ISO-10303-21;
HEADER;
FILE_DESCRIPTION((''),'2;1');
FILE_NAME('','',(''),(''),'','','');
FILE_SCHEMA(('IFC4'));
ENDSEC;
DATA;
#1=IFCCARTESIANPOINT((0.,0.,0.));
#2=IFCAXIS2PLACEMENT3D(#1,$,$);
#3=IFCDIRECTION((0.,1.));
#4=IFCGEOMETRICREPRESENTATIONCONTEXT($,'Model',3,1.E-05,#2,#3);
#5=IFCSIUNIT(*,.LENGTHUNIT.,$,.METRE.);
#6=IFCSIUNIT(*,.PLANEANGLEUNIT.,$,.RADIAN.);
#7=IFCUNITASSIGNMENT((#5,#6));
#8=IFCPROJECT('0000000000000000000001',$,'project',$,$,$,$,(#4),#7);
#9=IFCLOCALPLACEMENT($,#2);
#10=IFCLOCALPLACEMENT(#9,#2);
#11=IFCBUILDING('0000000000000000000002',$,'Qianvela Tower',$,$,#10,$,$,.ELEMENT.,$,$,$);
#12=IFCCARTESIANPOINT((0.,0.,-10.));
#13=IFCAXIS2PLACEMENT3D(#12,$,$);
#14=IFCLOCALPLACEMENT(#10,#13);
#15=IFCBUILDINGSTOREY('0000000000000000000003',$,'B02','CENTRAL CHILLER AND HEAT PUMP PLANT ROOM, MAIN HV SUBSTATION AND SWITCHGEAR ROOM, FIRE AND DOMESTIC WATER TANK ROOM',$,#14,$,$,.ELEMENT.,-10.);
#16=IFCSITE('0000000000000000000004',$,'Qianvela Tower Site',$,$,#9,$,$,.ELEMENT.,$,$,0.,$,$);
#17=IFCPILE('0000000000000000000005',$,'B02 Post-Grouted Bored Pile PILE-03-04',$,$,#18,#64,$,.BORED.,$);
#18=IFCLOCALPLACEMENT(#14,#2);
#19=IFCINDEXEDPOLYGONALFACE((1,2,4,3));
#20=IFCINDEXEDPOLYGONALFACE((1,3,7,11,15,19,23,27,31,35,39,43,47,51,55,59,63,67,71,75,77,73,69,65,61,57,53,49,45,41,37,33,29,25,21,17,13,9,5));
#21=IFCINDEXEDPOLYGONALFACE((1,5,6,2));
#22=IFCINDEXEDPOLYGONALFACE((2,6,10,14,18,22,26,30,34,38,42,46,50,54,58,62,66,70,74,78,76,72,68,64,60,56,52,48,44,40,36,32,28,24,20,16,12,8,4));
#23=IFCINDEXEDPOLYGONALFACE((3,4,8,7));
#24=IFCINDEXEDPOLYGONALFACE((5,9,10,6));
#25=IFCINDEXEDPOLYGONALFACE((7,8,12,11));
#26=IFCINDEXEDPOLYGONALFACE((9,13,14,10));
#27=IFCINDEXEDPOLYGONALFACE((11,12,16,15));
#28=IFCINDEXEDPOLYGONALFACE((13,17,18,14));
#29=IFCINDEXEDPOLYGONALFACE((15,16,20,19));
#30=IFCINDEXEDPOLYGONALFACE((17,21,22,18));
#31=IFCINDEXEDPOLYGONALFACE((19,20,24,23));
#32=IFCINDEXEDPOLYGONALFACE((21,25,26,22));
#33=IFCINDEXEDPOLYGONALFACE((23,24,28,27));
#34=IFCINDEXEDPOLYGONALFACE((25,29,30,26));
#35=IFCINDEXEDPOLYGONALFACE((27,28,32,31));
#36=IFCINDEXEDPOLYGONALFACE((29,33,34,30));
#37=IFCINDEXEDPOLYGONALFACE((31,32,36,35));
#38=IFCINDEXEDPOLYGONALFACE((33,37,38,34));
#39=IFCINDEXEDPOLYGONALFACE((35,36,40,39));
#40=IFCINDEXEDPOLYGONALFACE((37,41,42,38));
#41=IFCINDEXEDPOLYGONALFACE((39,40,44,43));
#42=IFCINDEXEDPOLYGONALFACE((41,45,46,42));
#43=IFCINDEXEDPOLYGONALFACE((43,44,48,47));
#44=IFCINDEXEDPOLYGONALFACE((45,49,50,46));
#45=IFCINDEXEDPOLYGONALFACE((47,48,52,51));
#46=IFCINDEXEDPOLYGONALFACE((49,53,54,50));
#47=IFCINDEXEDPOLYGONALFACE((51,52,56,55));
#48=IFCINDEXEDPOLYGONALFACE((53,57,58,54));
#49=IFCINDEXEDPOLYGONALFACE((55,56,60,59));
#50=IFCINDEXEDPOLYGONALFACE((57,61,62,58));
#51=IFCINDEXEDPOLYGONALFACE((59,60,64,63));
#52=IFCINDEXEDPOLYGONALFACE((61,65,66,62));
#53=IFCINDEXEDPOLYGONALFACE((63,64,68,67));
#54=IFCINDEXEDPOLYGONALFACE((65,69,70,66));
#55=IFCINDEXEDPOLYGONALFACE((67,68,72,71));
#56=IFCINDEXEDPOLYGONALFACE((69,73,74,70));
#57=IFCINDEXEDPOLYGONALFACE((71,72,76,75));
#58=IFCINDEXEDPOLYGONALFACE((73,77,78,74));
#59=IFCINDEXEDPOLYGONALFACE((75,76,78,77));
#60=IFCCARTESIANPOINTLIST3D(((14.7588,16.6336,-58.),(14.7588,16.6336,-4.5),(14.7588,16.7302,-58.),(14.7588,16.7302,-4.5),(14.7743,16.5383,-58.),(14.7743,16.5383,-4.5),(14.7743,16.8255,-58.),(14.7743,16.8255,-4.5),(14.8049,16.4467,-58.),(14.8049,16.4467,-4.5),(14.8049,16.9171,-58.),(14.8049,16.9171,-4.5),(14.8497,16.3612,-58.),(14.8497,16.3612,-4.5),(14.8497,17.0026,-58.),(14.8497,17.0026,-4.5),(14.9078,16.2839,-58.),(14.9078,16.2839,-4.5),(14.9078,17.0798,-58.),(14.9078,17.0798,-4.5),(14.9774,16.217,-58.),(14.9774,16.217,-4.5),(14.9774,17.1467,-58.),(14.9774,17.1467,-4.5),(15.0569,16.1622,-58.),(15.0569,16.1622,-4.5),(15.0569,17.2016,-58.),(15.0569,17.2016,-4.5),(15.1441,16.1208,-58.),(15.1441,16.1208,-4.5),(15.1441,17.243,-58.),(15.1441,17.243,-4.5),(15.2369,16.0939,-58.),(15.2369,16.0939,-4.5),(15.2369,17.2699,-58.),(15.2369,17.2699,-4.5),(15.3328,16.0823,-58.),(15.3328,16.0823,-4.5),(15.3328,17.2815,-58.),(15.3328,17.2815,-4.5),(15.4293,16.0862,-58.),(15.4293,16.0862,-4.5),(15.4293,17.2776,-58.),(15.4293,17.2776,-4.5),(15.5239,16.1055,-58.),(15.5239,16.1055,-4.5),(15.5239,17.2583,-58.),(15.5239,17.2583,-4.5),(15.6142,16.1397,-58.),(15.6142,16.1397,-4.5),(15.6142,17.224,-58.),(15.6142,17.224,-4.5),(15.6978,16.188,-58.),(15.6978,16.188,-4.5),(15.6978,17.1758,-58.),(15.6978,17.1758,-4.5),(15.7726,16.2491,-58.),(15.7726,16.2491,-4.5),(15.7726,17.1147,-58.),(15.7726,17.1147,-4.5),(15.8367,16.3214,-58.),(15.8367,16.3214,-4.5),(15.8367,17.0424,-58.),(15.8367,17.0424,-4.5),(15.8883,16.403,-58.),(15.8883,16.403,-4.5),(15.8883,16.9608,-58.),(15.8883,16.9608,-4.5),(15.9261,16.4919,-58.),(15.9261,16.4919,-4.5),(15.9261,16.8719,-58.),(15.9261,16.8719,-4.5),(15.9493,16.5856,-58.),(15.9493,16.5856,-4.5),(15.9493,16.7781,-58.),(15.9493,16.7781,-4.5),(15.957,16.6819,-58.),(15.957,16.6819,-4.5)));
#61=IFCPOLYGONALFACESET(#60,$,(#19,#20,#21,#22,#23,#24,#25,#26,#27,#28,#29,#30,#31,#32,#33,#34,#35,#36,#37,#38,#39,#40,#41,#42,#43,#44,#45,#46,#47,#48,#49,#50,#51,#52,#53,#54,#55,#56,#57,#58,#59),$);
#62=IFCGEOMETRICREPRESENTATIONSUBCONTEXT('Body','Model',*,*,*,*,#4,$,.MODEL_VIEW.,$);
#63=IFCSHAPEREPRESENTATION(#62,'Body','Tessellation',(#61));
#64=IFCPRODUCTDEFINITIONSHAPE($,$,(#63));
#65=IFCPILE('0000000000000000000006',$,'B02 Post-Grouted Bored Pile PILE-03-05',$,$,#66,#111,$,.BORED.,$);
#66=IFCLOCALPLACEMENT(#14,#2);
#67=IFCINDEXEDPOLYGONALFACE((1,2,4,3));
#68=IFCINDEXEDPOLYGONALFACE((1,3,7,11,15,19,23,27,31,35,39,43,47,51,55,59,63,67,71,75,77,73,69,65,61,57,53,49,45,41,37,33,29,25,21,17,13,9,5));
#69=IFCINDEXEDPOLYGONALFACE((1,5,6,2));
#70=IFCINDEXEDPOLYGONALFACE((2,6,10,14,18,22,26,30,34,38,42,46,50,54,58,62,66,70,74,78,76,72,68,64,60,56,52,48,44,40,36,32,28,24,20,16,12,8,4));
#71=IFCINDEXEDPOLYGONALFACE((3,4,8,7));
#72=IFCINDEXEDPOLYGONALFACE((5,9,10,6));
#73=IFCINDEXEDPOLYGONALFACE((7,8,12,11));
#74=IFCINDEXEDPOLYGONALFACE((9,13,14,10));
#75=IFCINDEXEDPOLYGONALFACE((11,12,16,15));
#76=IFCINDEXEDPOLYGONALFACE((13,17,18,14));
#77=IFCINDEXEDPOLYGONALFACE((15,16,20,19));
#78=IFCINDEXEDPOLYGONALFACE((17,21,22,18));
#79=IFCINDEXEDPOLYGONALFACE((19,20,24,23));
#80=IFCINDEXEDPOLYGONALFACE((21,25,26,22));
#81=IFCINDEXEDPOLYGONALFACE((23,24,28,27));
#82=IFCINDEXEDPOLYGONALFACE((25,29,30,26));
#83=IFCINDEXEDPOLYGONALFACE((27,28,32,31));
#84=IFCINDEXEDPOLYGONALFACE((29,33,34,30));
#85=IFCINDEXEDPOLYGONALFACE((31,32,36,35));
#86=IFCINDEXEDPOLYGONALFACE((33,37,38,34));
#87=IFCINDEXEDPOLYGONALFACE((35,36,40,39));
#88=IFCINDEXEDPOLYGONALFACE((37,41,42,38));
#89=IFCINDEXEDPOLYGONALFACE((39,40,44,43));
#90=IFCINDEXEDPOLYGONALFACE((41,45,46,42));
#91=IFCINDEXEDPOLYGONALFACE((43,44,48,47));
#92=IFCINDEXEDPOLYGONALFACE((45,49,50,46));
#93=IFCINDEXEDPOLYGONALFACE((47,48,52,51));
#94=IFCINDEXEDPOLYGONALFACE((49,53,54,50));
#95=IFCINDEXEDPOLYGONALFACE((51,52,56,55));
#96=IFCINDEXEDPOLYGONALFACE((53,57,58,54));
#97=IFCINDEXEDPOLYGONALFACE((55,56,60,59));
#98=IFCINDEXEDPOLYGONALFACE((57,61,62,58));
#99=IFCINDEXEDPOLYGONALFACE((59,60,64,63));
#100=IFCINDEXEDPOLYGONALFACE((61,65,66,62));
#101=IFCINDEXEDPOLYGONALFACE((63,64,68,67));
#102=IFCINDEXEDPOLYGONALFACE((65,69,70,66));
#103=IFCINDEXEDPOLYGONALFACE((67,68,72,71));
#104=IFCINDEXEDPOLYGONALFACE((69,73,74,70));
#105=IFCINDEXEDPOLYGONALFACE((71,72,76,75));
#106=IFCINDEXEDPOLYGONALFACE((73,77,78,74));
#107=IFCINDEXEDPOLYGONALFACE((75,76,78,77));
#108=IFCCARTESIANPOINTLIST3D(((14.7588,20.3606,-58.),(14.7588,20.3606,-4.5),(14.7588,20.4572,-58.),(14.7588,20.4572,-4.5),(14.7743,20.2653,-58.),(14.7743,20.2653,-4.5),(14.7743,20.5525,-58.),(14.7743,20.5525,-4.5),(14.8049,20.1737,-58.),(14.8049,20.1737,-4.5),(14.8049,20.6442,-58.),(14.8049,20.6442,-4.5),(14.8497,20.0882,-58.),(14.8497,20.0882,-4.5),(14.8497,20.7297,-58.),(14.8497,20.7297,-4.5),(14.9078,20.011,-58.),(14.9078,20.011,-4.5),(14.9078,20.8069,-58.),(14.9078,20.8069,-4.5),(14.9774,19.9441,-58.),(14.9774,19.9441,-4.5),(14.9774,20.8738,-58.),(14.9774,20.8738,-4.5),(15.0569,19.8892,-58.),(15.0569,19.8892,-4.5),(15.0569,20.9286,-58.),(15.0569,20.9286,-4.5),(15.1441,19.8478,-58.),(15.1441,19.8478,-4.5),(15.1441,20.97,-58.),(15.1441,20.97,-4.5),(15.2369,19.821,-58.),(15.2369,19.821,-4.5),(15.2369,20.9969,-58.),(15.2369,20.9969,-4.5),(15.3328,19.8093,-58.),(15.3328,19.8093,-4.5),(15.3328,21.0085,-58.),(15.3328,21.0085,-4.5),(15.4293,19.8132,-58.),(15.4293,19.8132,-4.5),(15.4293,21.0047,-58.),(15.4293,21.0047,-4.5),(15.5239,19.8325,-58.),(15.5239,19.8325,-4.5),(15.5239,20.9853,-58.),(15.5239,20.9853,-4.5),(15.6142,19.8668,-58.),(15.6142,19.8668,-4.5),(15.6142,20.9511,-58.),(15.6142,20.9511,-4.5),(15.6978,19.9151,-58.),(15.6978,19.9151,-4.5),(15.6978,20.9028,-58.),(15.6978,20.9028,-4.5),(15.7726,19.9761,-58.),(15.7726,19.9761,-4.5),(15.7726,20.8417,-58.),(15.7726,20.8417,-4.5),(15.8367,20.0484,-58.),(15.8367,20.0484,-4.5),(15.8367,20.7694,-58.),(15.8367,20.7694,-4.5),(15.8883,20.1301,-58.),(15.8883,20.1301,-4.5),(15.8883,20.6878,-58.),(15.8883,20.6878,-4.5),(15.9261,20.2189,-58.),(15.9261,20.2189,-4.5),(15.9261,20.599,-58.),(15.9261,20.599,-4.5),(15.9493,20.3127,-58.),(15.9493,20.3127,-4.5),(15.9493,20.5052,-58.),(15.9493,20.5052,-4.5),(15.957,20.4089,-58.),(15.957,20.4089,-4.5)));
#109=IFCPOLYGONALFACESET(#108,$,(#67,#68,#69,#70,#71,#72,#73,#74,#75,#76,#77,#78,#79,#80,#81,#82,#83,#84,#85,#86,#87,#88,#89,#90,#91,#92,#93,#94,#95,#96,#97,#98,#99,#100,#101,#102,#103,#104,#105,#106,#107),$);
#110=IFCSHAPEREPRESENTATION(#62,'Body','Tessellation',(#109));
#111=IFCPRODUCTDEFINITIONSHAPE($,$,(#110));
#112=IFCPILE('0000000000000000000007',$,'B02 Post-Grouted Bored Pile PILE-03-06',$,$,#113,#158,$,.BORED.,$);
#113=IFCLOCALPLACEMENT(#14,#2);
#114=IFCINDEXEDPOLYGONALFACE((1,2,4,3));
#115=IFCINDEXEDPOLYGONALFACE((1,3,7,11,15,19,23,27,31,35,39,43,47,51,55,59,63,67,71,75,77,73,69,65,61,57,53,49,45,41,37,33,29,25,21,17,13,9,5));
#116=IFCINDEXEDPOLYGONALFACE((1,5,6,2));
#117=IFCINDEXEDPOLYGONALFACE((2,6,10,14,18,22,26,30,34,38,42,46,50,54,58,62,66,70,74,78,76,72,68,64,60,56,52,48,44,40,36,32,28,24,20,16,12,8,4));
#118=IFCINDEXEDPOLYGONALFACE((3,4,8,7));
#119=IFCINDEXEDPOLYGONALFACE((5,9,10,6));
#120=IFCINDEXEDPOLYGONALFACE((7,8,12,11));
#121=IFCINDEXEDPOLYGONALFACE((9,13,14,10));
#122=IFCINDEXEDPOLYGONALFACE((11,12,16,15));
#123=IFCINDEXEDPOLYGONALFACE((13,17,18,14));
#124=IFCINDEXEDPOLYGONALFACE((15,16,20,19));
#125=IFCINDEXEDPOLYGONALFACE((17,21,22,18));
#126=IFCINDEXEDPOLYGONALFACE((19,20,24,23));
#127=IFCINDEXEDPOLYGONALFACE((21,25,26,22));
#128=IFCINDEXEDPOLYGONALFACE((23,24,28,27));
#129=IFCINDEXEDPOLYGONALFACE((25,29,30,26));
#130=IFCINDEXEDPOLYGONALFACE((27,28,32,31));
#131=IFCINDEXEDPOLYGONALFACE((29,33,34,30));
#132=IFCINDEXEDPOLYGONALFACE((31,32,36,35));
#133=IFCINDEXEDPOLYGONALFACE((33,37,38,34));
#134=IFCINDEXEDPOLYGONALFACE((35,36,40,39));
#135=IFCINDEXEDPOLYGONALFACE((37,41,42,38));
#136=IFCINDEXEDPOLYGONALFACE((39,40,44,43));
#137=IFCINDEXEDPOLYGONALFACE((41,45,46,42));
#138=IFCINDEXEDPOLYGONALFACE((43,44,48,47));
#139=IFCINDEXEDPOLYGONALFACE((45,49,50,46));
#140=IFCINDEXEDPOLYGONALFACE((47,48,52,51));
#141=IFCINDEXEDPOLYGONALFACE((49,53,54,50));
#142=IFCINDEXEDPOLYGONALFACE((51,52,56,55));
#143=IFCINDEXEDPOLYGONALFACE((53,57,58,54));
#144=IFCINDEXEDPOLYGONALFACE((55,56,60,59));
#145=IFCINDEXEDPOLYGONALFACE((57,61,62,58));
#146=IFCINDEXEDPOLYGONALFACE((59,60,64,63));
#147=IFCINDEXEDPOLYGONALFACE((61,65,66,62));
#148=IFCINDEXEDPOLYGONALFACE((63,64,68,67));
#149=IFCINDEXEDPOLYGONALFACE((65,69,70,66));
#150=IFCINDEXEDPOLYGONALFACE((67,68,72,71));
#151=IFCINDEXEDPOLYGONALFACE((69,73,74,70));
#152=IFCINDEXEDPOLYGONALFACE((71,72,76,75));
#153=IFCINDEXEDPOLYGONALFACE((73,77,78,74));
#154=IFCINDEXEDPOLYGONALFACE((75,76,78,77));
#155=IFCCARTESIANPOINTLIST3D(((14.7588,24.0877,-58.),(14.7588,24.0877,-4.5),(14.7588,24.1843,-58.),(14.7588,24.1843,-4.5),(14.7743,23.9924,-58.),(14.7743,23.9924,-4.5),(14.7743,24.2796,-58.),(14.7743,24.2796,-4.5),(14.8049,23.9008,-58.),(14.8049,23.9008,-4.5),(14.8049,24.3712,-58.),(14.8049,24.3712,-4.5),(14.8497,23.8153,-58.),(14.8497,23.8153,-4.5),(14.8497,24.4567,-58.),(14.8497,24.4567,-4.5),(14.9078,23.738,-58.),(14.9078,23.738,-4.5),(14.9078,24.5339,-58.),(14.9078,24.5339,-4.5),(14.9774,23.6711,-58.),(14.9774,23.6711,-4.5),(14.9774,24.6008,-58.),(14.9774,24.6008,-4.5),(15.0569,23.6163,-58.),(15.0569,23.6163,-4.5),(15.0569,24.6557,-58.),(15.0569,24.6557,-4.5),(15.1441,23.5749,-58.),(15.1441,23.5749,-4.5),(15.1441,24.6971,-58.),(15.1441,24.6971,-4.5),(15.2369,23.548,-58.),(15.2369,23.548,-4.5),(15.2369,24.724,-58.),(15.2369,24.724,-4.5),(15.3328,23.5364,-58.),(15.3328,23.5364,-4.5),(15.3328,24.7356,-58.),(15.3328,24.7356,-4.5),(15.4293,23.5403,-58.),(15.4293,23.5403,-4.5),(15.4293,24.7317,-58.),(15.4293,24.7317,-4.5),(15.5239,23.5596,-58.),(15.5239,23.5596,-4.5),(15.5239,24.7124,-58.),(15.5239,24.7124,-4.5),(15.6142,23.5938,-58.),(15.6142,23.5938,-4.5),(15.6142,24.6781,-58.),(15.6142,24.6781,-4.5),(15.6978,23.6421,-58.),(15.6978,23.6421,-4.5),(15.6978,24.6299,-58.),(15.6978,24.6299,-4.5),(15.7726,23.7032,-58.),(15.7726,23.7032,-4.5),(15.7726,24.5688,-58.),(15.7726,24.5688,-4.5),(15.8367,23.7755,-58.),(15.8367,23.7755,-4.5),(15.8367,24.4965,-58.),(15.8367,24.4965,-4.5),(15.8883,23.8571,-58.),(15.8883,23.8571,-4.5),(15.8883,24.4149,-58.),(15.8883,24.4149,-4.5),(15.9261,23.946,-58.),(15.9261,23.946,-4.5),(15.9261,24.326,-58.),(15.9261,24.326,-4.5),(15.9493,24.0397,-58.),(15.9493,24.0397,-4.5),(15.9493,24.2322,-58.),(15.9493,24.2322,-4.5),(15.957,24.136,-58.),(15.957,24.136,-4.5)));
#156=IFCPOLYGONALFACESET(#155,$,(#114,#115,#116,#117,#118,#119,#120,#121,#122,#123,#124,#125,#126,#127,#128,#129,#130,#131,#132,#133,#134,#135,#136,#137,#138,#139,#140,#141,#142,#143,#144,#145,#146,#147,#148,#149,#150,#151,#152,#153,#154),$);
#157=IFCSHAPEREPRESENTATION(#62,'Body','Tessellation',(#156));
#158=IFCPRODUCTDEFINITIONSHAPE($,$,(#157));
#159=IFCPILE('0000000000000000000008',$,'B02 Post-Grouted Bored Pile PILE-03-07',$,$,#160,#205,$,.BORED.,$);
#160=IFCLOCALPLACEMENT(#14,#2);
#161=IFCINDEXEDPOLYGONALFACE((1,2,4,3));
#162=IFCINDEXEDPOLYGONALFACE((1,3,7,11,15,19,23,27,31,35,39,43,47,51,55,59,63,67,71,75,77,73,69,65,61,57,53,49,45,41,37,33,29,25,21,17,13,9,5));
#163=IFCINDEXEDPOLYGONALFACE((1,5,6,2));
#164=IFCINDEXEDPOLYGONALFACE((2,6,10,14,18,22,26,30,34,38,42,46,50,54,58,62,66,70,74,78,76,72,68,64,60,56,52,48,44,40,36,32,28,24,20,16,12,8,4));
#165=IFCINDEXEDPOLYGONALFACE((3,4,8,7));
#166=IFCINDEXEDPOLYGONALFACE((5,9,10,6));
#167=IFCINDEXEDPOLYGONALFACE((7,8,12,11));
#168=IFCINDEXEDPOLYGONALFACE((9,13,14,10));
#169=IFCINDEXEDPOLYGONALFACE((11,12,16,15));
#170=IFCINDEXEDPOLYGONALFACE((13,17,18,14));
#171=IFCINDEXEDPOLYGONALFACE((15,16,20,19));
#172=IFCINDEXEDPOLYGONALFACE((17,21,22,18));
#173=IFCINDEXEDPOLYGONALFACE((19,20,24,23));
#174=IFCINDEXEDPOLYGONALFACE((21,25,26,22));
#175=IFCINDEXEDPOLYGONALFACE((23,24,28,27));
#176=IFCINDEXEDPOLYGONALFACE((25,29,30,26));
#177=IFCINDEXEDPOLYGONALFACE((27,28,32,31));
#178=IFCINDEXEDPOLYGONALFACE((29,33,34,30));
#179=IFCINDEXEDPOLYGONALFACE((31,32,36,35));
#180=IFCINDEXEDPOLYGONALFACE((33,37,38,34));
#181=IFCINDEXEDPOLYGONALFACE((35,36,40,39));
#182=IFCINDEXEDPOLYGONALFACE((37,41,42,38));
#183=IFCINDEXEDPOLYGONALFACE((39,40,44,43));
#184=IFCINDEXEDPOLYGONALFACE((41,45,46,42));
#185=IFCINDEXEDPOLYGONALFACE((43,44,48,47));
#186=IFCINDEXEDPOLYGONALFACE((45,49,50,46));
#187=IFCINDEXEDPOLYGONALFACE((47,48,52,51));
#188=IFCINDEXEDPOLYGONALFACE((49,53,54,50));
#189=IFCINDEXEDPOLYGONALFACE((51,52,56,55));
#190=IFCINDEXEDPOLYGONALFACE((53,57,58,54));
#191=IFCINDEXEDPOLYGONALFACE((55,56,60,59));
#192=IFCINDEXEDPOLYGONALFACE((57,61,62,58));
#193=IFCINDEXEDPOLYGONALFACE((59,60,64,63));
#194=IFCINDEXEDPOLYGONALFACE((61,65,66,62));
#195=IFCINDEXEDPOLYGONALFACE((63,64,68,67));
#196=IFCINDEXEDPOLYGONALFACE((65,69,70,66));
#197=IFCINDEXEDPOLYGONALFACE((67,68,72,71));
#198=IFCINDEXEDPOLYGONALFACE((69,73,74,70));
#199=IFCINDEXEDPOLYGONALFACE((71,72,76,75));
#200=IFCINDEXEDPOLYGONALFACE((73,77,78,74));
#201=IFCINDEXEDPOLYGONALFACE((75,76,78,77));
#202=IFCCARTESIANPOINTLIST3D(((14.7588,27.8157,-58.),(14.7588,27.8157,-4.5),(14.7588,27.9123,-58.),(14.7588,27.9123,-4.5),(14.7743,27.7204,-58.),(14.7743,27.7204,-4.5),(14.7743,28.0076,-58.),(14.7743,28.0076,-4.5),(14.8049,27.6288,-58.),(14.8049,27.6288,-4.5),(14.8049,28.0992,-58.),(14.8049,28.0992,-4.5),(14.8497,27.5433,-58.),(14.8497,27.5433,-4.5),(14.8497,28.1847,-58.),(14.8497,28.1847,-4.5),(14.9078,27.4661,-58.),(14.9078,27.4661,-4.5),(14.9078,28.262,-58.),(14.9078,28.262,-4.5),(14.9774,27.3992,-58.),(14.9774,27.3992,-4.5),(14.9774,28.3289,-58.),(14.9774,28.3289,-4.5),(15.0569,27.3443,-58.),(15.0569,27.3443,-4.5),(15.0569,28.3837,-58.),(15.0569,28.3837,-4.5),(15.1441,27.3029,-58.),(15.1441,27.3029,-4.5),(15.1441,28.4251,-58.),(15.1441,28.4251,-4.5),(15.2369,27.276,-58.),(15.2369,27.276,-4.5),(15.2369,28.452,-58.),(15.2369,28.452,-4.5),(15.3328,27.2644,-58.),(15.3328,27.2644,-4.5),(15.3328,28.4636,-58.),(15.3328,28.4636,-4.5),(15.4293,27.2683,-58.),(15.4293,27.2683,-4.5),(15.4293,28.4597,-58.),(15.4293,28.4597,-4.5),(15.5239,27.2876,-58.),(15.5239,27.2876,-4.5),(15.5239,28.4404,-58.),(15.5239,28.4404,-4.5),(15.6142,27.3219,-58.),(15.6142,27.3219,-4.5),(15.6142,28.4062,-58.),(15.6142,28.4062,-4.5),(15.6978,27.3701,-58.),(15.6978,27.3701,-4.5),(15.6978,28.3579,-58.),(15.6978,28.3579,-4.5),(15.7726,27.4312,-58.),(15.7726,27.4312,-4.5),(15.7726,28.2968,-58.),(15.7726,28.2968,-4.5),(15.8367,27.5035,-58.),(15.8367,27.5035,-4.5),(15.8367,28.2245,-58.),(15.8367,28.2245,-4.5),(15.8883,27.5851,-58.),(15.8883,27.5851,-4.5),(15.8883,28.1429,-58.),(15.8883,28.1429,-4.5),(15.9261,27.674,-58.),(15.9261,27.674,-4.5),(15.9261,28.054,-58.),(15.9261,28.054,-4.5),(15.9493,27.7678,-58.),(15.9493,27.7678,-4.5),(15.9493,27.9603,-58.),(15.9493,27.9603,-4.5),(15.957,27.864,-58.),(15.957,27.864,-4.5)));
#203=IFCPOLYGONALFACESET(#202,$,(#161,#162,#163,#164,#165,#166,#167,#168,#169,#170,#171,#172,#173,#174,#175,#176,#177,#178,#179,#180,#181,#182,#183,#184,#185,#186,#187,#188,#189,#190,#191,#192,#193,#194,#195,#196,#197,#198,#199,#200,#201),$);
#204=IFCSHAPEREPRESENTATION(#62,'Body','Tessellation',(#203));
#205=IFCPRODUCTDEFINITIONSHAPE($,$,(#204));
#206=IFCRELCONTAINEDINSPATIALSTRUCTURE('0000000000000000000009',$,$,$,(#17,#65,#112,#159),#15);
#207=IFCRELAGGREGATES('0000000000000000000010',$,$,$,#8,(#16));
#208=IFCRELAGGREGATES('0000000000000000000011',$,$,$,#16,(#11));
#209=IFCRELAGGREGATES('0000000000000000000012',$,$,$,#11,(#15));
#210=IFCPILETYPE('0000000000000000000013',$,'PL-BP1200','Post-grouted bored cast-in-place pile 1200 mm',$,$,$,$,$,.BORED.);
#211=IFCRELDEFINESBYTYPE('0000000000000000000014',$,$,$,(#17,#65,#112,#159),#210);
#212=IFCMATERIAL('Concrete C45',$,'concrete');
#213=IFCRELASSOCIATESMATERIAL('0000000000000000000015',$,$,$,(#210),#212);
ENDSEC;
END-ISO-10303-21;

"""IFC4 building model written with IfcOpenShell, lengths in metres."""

from ifc_helpers import new_model, si_unit, direction, frame, origin, origin_2d, place, context, subcontext, project, spatial, circle, extrude, material, material_profile, profile_set, type_object, element, save


model = new_model("IFC4")

# Units and contexts
model_context = context("Model", 3, precision=1e-05, world=origin(), true_north=direction((0.0, 1.0)))
body_context = subcontext(model_context, "Body", "Model", "MODEL_VIEW")
ifc_project = project(units=[si_unit("LENGTHUNIT", "METRE"), si_unit("PLANEANGLEUNIT", "RADIAN")], contexts=[model_context])

# Site, building, storey
site_placement = place(None, origin())
site = spatial("IfcSite", under=ifc_project, at=site_placement, Name="Qianvela Tower Site", CompositionType="ELEMENT", RefElevation=0.0)
building_placement = place(site_placement, origin())
building = spatial("IfcBuilding", under=site, at=building_placement, Name="Qianvela Tower", CompositionType="ELEMENT")
storey_placement = place(building_placement, frame((0.0, 0.0, -10.0)))
storey = spatial("IfcBuildingStorey", under=building, at=storey_placement, Name="B02", Description="CENTRAL CHILLER AND HEAT PUMP PLANT ROOM, MAIN HV SUBSTATION AND SWITCHGEAR ROOM, FIRE AND DOMESTIC WATER TANK ROOM", CompositionType="ELEMENT", Elevation=-10.0)

# Piles
ifc_material_1 = material(Name="Concrete C45", Category="concrete")
ifc_material_profile_1 = material_profile(ifc_material_1, circle(Radius=0.6001, at=origin_2d()), Name="BP-1200")
ifc_profile_set_1 = profile_set([ifc_material_profile_1], Name="Concrete C45")
pile_type_1 = type_object("IfcPileType", Name="PL-BP1200", Description="Post-grouted bored cast-in-place pile 1200 mm", PredefinedType="BORED", material=ifc_profile_set_1)
for number, where, z_axis, x_axis, name in (
    (1, (15.3569, 16.6819, -4.5), (0.0, 0.0, -1.0), (1.0, 0.0, 0.0), "B02 Post-Grouted Bored Pile PILE-03-04"),
    (2, (15.3569, 20.4089, -4.5), (0.0, 0.0, -1.0), (1.0, 0.0, 0.0), "B02 Post-Grouted Bored Pile PILE-03-05"),
    (3, (15.3569, 24.136, -4.5), (0.0, 0.0, -1.0), (1.0, 0.0, 0.0), "B02 Post-Grouted Bored Pile PILE-03-06"),
    (4, (15.3569, 27.864, -4.5), (0.0, 0.0, -1.0), (1.0, 0.0, 0.0), "B02 Post-Grouted Bored Pile PILE-03-07"),
):
    element("IfcPile", number, at=place(storey_placement, frame(where, z_axis=z_axis, x_axis=x_axis)), inside=storey, type_object=pile_type_1, Name=name, PredefinedType="BORED", context=body_context, shape_type="SweptSolid", body=[
        extrude(circle(Radius=0.6001, at=origin_2d()), origin(), (0.0, 0.0, 1.0), 53.5),
    ])

save(model, "model.ifc")
